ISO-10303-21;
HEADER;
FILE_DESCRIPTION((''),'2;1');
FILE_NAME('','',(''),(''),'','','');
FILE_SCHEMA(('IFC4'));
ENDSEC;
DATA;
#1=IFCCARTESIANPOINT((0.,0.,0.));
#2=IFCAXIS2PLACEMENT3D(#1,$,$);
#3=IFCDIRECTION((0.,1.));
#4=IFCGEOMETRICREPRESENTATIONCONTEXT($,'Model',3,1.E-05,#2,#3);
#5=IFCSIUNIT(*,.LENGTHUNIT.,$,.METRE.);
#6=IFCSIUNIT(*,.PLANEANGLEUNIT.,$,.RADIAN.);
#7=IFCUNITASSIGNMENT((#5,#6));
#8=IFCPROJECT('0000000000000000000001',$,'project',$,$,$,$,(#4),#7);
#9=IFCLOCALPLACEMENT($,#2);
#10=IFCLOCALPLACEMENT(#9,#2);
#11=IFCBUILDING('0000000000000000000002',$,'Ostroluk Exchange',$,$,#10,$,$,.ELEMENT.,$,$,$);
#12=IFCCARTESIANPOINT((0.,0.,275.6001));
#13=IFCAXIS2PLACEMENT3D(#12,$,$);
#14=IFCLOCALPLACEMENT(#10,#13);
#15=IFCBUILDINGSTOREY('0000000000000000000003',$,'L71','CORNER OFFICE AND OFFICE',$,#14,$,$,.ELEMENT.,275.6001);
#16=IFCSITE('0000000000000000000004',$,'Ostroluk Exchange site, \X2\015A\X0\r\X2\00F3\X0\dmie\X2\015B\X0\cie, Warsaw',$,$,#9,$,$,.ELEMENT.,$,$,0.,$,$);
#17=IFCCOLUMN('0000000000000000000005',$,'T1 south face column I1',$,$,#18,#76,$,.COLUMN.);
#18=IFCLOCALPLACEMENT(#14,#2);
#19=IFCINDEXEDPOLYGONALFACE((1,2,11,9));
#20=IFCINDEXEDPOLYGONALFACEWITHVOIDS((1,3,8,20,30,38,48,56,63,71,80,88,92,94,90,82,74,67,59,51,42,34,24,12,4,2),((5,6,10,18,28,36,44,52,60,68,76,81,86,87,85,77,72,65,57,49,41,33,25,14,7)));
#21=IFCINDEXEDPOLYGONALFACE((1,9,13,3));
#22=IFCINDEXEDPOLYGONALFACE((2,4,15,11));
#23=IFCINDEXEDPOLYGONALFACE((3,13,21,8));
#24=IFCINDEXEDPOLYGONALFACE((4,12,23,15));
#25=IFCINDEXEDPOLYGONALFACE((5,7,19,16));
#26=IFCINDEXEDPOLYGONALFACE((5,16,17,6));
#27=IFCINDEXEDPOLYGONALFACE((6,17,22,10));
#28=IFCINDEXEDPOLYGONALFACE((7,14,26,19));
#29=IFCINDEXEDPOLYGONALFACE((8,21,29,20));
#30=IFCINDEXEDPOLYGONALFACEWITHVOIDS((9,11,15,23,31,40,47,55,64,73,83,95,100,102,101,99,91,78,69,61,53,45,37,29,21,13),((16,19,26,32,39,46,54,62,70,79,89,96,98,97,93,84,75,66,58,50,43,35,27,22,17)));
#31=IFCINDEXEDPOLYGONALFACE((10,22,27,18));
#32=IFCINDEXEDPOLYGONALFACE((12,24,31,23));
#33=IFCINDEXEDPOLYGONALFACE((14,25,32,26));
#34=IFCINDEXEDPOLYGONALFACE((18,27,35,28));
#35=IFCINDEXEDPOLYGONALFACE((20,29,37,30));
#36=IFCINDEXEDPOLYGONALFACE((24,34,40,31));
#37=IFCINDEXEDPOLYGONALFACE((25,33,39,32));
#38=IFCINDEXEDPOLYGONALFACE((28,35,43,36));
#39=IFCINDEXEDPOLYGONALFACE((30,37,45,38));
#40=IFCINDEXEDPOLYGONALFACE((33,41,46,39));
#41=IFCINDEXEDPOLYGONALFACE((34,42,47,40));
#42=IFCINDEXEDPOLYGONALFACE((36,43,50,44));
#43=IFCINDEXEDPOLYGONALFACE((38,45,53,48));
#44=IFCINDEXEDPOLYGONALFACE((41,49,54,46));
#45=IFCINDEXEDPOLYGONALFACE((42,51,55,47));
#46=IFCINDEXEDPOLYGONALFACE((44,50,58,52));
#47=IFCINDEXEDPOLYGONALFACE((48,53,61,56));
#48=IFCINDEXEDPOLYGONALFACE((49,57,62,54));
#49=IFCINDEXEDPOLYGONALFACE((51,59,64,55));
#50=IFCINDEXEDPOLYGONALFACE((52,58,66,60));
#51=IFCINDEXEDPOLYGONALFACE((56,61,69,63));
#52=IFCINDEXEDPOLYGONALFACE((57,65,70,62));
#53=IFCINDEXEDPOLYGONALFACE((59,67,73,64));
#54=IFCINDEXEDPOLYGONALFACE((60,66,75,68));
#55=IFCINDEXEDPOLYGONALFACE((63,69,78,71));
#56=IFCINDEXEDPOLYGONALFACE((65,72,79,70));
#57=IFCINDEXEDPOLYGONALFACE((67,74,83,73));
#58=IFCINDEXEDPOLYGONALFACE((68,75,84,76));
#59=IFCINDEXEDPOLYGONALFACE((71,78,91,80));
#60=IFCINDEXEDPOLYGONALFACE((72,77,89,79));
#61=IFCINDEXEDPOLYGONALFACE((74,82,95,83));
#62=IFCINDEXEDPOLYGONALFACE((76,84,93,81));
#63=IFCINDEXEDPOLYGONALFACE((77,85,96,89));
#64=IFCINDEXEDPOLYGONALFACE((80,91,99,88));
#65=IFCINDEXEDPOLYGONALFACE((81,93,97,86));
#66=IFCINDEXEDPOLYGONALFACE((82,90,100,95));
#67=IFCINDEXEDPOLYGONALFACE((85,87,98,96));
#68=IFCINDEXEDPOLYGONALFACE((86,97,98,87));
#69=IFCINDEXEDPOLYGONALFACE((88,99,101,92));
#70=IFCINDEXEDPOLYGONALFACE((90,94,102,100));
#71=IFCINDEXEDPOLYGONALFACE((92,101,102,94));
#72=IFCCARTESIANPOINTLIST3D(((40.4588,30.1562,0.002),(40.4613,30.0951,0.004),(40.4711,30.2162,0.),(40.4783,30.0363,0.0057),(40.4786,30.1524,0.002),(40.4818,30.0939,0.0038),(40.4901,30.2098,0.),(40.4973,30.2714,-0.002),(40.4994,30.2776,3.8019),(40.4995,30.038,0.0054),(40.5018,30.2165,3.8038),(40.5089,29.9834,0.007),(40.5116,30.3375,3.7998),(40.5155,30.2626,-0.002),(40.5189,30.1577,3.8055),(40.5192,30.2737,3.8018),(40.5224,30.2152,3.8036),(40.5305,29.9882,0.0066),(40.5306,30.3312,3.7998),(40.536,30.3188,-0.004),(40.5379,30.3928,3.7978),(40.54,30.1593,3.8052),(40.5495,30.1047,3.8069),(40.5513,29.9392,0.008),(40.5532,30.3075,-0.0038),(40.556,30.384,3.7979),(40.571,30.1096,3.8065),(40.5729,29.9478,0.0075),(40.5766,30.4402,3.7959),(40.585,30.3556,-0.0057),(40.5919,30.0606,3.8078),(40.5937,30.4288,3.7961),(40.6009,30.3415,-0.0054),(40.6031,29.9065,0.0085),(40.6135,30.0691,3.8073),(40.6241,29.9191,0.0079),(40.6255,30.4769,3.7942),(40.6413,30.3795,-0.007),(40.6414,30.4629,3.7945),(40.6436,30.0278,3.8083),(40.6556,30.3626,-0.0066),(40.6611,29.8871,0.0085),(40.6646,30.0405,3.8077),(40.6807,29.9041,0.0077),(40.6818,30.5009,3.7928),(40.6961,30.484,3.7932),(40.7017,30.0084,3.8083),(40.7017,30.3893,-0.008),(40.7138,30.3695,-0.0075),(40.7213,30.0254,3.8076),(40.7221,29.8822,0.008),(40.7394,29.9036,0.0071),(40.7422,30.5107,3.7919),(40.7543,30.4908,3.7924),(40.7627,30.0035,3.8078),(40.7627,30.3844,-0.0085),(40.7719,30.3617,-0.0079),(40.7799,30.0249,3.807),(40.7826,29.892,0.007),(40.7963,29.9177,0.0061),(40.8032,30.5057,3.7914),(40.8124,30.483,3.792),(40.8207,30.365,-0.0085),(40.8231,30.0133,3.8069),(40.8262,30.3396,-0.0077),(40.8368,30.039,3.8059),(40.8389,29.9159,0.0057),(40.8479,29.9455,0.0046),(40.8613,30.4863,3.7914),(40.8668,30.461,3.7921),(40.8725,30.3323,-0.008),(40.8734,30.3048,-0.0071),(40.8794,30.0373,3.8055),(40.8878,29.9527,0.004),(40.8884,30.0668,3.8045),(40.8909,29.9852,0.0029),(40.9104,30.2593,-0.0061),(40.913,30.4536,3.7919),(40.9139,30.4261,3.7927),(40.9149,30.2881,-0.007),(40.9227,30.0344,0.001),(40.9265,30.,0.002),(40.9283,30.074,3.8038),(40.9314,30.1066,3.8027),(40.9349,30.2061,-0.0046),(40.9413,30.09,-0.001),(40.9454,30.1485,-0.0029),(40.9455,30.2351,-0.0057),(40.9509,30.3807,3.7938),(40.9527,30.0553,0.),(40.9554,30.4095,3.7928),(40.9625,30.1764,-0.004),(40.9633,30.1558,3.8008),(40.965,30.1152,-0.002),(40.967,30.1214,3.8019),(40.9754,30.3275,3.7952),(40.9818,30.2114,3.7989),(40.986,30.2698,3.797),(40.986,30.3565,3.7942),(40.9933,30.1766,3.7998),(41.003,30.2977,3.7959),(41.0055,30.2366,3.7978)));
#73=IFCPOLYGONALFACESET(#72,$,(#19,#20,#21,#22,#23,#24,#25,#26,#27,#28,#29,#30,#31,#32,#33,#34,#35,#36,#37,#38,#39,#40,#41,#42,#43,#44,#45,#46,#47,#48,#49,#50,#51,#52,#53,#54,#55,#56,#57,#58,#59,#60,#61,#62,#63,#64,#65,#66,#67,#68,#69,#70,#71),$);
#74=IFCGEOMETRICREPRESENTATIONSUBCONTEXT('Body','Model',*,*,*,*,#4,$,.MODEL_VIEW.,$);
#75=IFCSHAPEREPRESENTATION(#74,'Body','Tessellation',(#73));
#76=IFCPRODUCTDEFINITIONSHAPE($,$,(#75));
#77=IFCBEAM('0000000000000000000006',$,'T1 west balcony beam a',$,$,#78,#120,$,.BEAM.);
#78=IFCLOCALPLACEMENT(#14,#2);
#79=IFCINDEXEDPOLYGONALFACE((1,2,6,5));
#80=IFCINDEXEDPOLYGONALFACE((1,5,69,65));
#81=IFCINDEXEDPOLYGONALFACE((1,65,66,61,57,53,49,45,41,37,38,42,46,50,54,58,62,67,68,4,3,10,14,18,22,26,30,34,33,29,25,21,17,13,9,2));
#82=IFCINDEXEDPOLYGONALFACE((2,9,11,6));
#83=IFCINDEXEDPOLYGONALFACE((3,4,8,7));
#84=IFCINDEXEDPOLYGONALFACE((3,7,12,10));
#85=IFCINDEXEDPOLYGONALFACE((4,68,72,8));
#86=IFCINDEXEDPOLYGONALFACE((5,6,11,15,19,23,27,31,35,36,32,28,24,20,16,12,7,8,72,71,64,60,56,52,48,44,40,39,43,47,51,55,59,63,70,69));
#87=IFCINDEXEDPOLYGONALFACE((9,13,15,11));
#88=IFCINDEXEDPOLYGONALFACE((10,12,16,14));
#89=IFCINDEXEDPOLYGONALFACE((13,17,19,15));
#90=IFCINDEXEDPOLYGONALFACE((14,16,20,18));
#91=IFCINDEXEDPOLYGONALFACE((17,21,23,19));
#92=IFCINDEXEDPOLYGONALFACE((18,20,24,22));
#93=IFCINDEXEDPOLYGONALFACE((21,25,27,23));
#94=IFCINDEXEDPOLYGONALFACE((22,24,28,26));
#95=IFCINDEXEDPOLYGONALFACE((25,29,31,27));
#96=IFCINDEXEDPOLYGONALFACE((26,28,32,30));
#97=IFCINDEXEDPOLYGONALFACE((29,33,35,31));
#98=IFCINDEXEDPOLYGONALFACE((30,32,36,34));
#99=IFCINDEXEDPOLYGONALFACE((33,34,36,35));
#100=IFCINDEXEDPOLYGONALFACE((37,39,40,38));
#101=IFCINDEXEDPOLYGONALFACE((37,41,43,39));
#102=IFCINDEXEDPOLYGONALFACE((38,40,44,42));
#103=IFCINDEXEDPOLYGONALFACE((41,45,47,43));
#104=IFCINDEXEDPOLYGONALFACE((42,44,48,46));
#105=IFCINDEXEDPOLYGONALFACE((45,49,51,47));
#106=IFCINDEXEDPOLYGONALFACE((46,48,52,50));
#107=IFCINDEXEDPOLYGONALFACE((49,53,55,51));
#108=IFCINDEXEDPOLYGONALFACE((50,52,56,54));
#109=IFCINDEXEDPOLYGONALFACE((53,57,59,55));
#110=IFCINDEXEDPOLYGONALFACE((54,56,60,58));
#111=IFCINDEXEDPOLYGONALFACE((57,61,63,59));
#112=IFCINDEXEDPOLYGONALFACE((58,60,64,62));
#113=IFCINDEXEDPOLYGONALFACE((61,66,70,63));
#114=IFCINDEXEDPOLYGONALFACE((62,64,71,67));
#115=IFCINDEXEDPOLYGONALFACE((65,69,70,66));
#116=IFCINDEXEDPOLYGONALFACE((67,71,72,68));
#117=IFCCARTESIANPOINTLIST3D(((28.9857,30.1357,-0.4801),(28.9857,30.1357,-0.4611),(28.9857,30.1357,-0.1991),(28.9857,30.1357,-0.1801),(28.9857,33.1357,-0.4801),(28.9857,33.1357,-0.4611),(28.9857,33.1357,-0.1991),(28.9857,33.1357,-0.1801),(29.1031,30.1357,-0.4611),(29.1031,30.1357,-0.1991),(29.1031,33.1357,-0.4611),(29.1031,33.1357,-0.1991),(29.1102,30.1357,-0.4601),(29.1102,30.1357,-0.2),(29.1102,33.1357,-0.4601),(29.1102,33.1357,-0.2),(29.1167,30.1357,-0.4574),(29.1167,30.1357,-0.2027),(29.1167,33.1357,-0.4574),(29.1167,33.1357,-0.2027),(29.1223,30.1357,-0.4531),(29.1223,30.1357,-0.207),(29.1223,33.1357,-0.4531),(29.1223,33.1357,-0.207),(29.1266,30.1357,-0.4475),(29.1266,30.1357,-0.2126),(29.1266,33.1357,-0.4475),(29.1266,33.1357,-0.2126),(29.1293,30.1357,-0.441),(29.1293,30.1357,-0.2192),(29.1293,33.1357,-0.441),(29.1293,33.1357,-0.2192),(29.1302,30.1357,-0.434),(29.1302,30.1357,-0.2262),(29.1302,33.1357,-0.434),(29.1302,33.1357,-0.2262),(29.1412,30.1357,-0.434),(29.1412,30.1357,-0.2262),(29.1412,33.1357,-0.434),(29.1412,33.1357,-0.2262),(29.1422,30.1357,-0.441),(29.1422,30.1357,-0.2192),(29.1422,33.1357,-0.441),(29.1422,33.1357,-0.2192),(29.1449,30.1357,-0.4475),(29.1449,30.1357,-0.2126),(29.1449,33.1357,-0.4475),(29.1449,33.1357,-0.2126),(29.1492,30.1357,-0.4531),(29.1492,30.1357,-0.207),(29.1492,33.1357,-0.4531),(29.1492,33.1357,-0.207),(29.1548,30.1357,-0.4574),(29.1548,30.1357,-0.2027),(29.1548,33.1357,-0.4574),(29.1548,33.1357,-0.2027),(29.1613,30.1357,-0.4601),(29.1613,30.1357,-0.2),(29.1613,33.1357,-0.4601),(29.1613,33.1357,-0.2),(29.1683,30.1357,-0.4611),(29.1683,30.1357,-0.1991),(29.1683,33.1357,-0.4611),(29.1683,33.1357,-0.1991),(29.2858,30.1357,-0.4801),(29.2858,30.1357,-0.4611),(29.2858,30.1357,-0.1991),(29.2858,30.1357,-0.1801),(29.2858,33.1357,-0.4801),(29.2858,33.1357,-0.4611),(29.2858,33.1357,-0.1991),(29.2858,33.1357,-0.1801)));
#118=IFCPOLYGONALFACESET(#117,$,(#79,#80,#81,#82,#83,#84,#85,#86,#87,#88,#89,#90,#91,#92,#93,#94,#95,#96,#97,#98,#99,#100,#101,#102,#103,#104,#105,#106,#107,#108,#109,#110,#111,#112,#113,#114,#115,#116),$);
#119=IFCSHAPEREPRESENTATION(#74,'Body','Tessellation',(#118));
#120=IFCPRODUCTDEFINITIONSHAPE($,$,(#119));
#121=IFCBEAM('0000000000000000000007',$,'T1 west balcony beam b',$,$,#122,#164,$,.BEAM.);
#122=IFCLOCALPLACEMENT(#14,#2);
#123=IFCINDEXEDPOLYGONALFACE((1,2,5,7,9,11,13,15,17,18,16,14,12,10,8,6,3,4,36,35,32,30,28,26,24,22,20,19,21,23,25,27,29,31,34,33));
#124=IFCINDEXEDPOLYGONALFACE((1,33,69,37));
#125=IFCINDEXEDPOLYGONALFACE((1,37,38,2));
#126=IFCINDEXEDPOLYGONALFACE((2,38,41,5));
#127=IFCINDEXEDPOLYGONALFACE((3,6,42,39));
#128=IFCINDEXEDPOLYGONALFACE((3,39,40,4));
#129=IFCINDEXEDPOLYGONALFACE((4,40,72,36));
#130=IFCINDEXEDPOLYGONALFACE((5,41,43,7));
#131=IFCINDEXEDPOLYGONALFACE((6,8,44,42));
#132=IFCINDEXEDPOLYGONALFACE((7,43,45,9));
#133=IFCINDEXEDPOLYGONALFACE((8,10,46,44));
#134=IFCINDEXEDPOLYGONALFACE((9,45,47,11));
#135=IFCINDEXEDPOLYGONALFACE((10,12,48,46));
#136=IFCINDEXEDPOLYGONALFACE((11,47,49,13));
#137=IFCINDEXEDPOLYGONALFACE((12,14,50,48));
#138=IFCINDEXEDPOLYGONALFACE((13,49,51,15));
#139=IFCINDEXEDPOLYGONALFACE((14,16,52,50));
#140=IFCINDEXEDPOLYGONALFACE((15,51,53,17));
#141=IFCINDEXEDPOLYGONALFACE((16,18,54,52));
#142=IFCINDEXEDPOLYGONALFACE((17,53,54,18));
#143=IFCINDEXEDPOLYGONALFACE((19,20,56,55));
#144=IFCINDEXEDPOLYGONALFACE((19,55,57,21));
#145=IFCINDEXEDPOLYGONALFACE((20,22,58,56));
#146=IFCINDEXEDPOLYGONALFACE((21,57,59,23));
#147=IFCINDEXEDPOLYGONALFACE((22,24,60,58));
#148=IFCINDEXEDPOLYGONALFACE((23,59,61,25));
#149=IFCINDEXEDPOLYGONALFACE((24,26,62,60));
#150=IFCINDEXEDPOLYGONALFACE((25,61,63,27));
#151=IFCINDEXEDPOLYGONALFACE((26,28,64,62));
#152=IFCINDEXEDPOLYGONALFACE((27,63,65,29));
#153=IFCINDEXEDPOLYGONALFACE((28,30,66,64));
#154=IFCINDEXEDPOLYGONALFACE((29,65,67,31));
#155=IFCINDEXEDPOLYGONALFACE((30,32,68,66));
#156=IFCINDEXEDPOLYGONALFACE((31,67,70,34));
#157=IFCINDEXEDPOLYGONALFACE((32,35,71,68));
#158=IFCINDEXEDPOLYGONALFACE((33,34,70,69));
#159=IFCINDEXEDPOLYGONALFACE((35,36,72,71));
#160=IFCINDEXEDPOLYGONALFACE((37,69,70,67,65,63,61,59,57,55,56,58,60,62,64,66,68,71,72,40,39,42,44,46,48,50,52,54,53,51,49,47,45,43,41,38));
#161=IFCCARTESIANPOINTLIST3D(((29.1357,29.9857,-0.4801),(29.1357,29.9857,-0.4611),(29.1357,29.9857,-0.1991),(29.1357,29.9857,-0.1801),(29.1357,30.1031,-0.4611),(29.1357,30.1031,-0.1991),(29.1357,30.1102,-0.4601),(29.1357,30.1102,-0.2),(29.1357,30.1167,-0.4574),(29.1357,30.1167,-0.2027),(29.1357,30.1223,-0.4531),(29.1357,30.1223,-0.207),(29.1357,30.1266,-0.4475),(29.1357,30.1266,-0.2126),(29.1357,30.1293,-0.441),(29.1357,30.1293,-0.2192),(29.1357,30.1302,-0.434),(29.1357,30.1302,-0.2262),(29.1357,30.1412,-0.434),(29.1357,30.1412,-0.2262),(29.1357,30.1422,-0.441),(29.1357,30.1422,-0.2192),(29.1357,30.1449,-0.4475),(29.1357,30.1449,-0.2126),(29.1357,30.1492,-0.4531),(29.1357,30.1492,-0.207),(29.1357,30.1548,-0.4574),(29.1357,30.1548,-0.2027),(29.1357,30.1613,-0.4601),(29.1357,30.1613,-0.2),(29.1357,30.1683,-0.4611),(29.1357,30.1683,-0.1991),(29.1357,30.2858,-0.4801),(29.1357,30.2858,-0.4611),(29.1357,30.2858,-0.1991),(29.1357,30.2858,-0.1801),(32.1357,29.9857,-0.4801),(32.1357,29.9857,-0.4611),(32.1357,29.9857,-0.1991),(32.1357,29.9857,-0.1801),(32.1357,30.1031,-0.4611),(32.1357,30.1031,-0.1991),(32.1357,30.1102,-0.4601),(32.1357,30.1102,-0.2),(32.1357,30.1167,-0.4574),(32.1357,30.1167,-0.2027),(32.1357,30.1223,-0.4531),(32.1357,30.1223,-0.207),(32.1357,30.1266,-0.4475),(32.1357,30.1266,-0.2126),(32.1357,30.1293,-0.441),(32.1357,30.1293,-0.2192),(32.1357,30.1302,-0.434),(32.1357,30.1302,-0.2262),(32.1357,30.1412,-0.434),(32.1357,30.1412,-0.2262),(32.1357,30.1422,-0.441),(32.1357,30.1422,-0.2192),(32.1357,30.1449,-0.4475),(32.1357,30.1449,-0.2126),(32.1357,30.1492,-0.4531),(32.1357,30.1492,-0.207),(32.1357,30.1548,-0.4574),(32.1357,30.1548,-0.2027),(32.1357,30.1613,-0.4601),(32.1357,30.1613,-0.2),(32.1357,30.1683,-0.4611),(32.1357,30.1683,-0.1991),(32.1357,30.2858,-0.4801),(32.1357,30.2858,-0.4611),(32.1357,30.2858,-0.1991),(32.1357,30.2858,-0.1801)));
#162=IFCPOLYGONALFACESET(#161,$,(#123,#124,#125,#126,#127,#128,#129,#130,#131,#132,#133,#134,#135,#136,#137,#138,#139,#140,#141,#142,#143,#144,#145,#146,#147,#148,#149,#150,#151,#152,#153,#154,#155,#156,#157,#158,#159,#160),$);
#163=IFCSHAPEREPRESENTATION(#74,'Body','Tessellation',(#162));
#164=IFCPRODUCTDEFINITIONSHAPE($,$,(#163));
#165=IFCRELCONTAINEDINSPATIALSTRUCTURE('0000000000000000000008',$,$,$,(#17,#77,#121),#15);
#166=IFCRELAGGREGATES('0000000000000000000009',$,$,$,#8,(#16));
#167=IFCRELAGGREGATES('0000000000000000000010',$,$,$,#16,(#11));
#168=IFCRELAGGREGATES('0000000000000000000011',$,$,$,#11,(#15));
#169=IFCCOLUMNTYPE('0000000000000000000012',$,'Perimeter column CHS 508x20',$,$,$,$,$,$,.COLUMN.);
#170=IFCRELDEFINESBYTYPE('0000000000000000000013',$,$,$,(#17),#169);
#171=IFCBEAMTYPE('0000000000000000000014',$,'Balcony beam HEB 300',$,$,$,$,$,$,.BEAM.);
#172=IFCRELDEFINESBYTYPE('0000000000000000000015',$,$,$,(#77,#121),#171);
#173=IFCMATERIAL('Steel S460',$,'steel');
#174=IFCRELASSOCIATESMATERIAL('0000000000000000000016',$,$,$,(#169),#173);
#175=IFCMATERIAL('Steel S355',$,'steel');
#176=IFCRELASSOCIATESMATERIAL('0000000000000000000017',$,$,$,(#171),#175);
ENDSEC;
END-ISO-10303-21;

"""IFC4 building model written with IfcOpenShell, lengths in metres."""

from ifc_helpers import new_model, si_unit, direction, frame, origin, origin_2d, place, context, subcontext, project, spatial, hollow_circle, i_section, extrude, material, material_profile, profile_set, type_object, element, save


model = new_model("IFC4")

# Units and contexts
model_context = context("Model", 3, precision=1e-05, world=origin(), true_north=direction((0.0, 1.0)))
body_context = subcontext(model_context, "Body", "Model", "MODEL_VIEW")
ifc_project = project(units=[si_unit("LENGTHUNIT", "METRE"), si_unit("PLANEANGLEUNIT", "RADIAN")], contexts=[model_context])

# Site, building, storey
site_placement = place(None, origin())
site = spatial("IfcSite", under=ifc_project, at=site_placement, Name="Ostroluk Exchange site, Śródmieście, Warsaw", CompositionType="ELEMENT", RefElevation=0.0)
building_placement = place(site_placement, origin())
building = spatial("IfcBuilding", under=site, at=building_placement, Name="Ostroluk Exchange", CompositionType="ELEMENT")
storey_placement = place(building_placement, frame((0.0, 0.0, 275.6001)))
storey = spatial("IfcBuildingStorey", under=building, at=storey_placement, Name="L71", Description="CORNER OFFICE AND OFFICE", CompositionType="ELEMENT", Elevation=275.6001)

# Column
ifc_material_1 = material(Name="Steel S460", Category="steel")
ifc_material_profile_1 = material_profile(ifc_material_1, hollow_circle(Radius=0.2539, WallThickness=0.02, at=origin_2d()), Name="CHS 508x20")
ifc_profile_set_1 = profile_set([ifc_material_profile_1], Name="Steel S460")
column_type_1 = type_object("IfcColumnType", Name="Perimeter column CHS 508x20", PredefinedType="COLUMN", material=ifc_profile_set_1)
column_1_placement = place(storey_placement, frame((40.7119, 30.1357, 0.0), z_axis=(0.01066, 0.031915, 0.999434), x_axis=(-0.948492, 0.3168, 0.0)))
element("IfcColumn", 1, at=column_1_placement, inside=storey, type_object=column_type_1, Name="T1 south face column I1", PredefinedType="COLUMN", context=body_context, shape_type="SweptSolid", body=[
    extrude(hollow_circle(Radius=0.2539, WallThickness=0.02, at=origin_2d()), origin(), (0.0, 0.0, 1.0), 3.802),
])

# Beams
ifc_material_2 = material(Name="Steel S355", Category="steel")
ifc_material_profile_2 = material_profile(ifc_material_2, i_section(OverallWidth=0.3, OverallDepth=0.3, WebThickness=0.011, FlangeThickness=0.019, FilletRadius=0.0271, at=origin_2d()), Name="HEB 300")
ifc_profile_set_2 = profile_set([ifc_material_profile_2], Name="Steel S355")
beam_type_1 = type_object("IfcBeamType", Name="Balcony beam HEB 300", PredefinedType="BEAM", material=ifc_profile_set_2)
for number, where, z_axis, x_axis, name in (
    (2, (29.1357, 33.1357, -0.3301), (0.0, -1.0, 0.0), (1.0, 0.0, 0.0), "T1 west balcony beam a"),
    (3, (32.1357, 30.1357, -0.3301), (-1.0, 0.0, 0.0), (0.0, -1.0, 0.0), "T1 west balcony beam b"),
):
    element("IfcBeam", number, at=place(storey_placement, frame(where, z_axis=z_axis, x_axis=x_axis)), inside=storey, type_object=beam_type_1, Name=name, PredefinedType="BEAM", context=body_context, shape_type="SweptSolid", body=[
        extrude(i_section(OverallWidth=0.3, OverallDepth=0.3, WebThickness=0.011, FlangeThickness=0.019, FilletRadius=0.0271, at=origin_2d()), origin(), (0.0, 0.0, 1.0), 3.0),
    ])

save(model, "model.ifc")
